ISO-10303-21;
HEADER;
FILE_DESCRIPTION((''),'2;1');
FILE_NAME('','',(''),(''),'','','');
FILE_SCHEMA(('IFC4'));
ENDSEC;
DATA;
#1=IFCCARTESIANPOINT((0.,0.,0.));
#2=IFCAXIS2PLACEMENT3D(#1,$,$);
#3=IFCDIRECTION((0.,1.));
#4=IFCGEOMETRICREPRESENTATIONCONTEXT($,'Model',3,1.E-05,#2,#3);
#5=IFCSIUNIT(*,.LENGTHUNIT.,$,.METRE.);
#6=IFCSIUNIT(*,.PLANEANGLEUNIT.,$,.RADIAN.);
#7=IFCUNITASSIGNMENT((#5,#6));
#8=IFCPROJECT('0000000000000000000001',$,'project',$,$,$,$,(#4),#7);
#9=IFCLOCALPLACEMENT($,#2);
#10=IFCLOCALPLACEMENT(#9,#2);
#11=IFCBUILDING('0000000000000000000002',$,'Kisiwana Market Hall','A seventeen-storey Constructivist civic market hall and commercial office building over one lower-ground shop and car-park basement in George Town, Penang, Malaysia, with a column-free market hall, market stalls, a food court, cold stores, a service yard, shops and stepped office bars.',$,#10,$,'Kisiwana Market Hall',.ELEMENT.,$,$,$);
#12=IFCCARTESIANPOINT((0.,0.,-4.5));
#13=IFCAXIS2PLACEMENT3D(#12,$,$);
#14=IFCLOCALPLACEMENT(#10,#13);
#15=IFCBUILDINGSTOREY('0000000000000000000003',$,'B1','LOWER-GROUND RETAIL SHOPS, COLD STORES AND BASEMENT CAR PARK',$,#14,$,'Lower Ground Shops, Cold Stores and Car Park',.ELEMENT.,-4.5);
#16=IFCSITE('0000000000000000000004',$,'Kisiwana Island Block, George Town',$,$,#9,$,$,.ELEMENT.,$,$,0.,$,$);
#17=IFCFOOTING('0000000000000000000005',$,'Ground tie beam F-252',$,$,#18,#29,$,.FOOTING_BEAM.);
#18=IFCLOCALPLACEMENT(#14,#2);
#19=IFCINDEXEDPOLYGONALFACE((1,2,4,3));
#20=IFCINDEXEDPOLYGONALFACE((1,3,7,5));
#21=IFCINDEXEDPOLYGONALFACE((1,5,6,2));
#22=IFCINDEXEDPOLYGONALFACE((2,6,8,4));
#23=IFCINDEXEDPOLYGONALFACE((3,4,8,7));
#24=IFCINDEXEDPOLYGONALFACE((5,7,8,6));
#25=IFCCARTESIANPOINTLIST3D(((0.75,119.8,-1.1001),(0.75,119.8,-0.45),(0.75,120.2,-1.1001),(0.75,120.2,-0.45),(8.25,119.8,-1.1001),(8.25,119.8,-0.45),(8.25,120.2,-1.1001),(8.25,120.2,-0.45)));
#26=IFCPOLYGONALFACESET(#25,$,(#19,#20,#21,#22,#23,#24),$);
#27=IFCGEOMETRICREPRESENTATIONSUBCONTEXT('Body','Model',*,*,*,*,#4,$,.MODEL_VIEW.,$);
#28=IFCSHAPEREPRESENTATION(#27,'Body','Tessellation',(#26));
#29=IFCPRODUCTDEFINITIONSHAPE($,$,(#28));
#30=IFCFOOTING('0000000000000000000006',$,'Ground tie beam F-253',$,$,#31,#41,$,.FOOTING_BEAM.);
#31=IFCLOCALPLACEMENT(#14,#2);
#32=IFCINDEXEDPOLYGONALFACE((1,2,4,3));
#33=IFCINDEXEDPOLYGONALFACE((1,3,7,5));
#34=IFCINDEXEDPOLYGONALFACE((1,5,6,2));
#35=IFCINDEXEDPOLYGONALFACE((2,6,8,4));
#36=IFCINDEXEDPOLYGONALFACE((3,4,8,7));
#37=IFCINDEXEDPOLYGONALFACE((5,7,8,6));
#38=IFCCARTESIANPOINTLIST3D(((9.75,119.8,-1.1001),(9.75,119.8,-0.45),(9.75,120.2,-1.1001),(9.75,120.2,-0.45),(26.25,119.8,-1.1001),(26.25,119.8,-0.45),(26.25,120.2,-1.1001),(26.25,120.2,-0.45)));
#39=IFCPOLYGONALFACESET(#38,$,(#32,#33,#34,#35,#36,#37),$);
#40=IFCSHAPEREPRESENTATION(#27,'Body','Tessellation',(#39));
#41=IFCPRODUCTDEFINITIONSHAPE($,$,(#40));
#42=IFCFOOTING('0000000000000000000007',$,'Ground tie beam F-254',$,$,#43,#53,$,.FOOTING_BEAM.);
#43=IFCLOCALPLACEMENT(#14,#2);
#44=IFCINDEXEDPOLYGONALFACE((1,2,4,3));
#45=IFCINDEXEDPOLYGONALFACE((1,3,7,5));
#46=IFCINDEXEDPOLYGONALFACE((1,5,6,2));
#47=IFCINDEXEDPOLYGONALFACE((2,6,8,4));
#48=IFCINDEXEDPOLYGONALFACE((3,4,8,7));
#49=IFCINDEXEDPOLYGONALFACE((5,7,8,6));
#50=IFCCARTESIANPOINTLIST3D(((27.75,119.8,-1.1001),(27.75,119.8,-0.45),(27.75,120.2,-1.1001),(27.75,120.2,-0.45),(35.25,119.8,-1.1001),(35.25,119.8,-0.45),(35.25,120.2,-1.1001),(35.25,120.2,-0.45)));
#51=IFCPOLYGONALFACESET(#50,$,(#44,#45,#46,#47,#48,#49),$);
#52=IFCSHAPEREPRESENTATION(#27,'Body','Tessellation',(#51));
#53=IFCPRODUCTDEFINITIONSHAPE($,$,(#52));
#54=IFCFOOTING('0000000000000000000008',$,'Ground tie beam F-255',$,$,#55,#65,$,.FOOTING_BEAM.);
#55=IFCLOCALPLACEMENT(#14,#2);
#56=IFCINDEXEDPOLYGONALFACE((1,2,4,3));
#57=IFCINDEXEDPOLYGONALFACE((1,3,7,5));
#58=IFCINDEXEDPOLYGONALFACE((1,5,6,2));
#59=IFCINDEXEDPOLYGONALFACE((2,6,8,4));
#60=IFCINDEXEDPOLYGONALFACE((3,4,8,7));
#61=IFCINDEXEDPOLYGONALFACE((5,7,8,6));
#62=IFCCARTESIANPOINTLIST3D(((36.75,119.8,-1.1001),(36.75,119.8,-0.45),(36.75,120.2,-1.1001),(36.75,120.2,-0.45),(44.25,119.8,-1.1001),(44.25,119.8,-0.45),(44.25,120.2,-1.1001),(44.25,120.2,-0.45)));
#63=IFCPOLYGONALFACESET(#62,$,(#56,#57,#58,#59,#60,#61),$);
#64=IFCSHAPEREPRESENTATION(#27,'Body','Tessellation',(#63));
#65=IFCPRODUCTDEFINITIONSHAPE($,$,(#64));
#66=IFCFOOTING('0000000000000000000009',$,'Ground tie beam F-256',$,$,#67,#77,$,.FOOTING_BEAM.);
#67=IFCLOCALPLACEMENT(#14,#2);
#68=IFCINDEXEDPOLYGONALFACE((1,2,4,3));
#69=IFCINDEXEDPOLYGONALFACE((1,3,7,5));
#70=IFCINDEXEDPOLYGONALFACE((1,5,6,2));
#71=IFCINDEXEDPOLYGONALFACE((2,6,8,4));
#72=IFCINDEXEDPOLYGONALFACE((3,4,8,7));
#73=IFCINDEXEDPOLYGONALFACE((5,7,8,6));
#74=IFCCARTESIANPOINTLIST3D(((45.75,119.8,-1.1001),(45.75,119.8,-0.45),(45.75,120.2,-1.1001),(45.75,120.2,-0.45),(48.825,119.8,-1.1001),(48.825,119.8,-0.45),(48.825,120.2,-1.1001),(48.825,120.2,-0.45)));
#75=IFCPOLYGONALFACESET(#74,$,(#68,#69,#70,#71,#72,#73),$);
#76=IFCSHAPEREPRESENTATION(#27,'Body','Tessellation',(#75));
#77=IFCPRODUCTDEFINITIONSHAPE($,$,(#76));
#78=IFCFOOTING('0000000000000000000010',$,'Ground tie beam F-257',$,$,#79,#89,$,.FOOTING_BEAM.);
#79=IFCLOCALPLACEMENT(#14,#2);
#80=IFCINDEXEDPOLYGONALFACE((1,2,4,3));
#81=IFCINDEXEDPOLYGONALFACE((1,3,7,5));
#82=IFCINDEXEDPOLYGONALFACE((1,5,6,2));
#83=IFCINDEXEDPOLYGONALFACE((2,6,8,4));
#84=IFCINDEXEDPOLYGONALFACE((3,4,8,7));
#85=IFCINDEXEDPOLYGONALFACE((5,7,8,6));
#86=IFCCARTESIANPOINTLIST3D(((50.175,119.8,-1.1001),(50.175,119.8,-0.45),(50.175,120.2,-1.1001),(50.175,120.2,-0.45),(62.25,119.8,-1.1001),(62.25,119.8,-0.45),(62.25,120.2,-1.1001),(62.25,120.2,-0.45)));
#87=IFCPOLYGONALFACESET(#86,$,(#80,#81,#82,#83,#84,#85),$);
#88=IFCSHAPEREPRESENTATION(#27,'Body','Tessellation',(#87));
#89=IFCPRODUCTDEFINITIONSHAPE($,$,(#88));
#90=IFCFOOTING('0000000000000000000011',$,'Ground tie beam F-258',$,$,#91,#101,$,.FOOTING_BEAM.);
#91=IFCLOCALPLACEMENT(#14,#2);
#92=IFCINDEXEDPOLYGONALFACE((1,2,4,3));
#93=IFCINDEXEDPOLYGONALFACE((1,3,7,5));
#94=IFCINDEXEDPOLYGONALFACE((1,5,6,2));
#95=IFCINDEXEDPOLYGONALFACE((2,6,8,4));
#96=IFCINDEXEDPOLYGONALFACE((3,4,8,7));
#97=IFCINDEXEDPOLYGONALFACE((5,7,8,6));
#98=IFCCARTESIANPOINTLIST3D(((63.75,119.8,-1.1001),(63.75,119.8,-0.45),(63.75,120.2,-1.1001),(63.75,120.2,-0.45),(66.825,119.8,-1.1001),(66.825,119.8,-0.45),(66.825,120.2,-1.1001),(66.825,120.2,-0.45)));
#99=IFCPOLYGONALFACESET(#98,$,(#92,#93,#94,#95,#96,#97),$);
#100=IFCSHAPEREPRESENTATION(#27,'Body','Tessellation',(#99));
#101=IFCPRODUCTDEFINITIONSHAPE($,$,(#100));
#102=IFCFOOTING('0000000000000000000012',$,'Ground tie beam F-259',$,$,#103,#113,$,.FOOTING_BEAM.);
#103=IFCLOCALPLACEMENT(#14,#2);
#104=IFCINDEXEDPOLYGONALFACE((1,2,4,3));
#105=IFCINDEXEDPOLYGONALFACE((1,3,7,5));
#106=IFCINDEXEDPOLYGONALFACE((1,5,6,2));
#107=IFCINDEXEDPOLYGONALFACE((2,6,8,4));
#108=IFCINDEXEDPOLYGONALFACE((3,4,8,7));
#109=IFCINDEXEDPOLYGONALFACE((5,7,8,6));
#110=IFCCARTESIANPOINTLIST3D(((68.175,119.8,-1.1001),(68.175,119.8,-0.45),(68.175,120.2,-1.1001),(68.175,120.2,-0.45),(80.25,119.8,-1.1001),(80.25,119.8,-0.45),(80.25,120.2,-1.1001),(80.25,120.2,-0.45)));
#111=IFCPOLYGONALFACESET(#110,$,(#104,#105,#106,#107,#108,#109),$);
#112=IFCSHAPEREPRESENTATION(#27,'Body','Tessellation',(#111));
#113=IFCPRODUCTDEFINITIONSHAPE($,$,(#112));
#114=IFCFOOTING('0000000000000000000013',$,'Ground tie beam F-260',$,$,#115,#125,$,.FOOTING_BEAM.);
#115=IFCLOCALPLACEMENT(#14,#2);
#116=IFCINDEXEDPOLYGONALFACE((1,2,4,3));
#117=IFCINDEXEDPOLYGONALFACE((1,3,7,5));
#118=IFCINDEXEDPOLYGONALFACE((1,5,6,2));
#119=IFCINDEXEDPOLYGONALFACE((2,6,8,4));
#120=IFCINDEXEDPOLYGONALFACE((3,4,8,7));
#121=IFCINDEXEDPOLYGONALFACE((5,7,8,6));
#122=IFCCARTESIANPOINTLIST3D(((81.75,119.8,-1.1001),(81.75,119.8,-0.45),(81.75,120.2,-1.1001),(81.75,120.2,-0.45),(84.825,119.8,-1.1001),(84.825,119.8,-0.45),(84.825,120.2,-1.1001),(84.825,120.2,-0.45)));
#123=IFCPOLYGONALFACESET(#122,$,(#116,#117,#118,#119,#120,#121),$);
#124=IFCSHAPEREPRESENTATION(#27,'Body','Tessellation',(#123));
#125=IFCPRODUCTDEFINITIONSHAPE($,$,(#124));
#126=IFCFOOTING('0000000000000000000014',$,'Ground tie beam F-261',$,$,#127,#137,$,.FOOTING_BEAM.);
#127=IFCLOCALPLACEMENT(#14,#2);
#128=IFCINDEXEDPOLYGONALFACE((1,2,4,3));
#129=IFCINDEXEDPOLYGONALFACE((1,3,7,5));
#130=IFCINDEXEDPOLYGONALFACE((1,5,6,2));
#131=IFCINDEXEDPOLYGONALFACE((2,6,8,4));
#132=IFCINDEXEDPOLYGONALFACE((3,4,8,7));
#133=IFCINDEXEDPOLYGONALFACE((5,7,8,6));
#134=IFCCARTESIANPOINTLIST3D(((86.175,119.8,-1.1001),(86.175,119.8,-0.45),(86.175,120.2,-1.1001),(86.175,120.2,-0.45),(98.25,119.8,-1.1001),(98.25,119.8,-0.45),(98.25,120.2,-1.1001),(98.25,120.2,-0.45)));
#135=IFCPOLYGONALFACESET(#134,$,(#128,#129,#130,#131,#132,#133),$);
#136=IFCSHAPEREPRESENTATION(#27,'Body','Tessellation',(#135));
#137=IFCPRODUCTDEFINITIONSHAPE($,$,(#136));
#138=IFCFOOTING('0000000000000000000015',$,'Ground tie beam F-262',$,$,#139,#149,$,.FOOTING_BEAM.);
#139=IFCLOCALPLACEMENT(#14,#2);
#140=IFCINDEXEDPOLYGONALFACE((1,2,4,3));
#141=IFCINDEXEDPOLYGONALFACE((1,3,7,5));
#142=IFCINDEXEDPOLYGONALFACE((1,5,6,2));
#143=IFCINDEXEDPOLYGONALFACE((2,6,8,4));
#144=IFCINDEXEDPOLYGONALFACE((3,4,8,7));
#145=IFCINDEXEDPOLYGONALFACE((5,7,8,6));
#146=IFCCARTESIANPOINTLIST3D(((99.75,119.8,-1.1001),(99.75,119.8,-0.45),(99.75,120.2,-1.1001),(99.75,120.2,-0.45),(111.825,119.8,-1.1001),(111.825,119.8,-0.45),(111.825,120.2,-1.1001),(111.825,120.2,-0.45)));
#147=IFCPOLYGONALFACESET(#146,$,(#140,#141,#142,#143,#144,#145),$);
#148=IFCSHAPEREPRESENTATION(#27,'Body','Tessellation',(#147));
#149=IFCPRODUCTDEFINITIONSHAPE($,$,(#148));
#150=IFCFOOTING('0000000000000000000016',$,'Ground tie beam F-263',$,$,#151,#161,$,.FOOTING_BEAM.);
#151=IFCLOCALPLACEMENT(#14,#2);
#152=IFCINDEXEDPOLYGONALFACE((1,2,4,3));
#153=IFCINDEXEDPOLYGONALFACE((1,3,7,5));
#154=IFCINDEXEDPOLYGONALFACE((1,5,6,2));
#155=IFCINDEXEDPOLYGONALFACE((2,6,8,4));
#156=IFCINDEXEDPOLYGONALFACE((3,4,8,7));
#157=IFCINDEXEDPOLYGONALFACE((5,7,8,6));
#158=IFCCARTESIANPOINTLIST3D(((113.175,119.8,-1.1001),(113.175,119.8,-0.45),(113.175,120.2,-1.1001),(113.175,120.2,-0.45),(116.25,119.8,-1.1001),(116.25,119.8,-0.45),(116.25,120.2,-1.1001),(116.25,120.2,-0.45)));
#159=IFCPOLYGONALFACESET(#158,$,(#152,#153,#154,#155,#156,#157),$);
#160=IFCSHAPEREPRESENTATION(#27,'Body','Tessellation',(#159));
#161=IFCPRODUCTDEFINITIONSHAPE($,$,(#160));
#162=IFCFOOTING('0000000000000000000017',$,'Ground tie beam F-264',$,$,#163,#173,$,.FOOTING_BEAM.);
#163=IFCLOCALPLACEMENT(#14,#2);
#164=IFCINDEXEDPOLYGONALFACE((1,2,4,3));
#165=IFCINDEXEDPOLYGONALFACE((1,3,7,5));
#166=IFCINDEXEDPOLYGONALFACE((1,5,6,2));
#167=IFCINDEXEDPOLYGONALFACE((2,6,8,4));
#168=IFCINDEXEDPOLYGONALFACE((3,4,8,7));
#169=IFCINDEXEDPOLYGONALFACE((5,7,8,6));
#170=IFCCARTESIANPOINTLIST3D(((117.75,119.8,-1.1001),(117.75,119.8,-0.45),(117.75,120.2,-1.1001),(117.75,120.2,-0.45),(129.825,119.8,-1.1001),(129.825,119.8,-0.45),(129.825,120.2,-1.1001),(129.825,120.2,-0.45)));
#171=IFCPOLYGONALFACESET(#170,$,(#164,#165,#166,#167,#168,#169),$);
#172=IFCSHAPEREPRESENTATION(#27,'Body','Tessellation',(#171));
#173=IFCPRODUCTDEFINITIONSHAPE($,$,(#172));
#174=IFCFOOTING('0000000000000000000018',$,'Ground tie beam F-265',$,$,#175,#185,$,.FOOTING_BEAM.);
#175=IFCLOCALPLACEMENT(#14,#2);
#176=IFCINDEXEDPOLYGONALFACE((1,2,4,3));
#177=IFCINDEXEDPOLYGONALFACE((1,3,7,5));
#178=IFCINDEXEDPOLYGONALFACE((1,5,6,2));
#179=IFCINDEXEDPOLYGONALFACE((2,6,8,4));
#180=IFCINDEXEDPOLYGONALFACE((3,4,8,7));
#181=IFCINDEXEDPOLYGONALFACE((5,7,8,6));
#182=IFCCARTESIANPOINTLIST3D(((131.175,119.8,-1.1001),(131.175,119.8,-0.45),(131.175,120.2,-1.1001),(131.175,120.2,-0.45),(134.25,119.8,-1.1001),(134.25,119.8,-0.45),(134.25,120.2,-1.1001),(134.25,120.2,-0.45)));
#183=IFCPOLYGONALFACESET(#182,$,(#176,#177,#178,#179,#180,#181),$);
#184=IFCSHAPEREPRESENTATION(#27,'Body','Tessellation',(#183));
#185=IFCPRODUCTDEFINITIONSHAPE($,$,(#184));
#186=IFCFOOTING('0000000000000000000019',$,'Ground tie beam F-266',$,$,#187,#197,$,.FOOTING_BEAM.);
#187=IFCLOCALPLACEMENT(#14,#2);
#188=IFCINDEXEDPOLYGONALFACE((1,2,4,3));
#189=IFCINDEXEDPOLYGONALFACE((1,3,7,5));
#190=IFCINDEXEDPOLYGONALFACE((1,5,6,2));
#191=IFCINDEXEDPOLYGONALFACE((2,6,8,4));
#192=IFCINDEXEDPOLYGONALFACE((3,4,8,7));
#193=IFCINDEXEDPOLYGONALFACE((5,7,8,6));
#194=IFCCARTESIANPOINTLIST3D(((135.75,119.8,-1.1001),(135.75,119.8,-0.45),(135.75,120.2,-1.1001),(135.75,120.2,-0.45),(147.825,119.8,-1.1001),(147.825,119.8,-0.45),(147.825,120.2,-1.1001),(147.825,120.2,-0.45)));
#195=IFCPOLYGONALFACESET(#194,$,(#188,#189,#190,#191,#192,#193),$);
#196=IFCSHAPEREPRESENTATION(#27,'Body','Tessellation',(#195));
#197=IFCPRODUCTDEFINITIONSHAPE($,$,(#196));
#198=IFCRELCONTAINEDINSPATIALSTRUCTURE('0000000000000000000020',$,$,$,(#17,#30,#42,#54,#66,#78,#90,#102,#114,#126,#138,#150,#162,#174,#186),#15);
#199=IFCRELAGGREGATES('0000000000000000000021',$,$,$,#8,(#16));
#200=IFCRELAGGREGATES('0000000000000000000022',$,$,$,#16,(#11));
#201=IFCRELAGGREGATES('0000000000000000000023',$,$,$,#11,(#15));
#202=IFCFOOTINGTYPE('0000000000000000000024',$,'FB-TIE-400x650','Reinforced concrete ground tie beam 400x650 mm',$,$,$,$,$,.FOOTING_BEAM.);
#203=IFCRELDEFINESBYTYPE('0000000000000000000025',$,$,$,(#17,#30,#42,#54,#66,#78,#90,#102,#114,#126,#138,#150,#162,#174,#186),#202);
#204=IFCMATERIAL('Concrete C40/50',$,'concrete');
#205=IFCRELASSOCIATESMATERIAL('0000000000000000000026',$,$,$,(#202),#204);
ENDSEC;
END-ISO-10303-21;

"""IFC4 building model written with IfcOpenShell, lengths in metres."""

from ifc_helpers import new_model, si_unit, direction, frame, origin, place, context, subcontext, project, spatial, polyline, outline, extrude, material, type_object, element, save


model = new_model("IFC4")

# Units and contexts
model_context = context("Model", 3, precision=1e-05, world=origin(), true_north=direction((0.0, 1.0)))
body_context = subcontext(model_context, "Body", "Model", "MODEL_VIEW")
ifc_project = project(units=[si_unit("LENGTHUNIT", "METRE"), si_unit("PLANEANGLEUNIT", "RADIAN")], contexts=[model_context])

# Site, building, storey
site_placement = place(None, origin())
site = spatial("IfcSite", under=ifc_project, at=site_placement, Name="Kisiwana Island Block, George Town", CompositionType="ELEMENT", RefElevation=0.0)
building_placement = place(site_placement, origin())
building = spatial("IfcBuilding", under=site, at=building_placement, Name="Kisiwana Market Hall", Description="A seventeen-storey Constructivist civic market hall and commercial office building over one lower-ground shop and car-park basement in George Town, Penang, Malaysia, with a column-free market hall, market stalls, a food court, cold stores, a service yard, shops and stepped office bars.", LongName="Kisiwana Market Hall", CompositionType="ELEMENT")
storey_placement = place(building_placement, frame((0.0, 0.0, -4.5)))
storey = spatial("IfcBuildingStorey", under=building, at=storey_placement, Name="B1", Description="LOWER-GROUND RETAIL SHOPS, COLD STORES AND BASEMENT CAR PARK", LongName="Lower Ground Shops, Cold Stores and Car Park", CompositionType="ELEMENT", Elevation=-4.5)

# Footings
ifc_material_1 = material(Name="Concrete C40/50", Category="concrete")
footing_type_1 = type_object("IfcFootingType", Name="FB-TIE-400x650", Description="Reinforced concrete ground tie beam 400x650 mm", PredefinedType="FOOTING_BEAM", material=ifc_material_1)
footing_1_placement = place(storey_placement, frame((0.0, 0.0, -1.1001)))
element("IfcFooting", 1, at=footing_1_placement, inside=storey, type_object=footing_type_1, Name="Ground tie beam F-252", PredefinedType="FOOTING_BEAM", context=body_context, shape_type="SweptSolid", body=[
    extrude(outline(polyline([(0.75, 119.8), (8.25, 119.8), (8.25, 120.2), (0.75, 120.2), (0.75, 119.8)])), origin(), (0.0, 0.0, 1.0), 0.6501),
])
footing_2_placement = place(storey_placement, frame((0.0, 0.0, -1.1001)))
element("IfcFooting", 2, at=footing_2_placement, inside=storey, type_object=footing_type_1, Name="Ground tie beam F-253", PredefinedType="FOOTING_BEAM", context=body_context, shape_type="SweptSolid", body=[
    extrude(outline(polyline([(9.75, 119.8), (26.25, 119.8), (26.25, 120.2), (9.75, 120.2), (9.75, 119.8)])), origin(), (0.0, 0.0, 1.0), 0.6501),
])
footing_3_placement = place(storey_placement, frame((0.0, 0.0, -1.1001)))
element("IfcFooting", 3, at=footing_3_placement, inside=storey, type_object=footing_type_1, Name="Ground tie beam F-254", PredefinedType="FOOTING_BEAM", context=body_context, shape_type="SweptSolid", body=[
    extrude(outline(polyline([(27.75, 119.8), (35.25, 119.8), (35.25, 120.2), (27.75, 120.2), (27.75, 119.8)])), origin(), (0.0, 0.0, 1.0), 0.6501),
])
footing_4_placement = place(storey_placement, frame((0.0, 0.0, -1.1001)))
element("IfcFooting", 4, at=footing_4_placement, inside=storey, type_object=footing_type_1, Name="Ground tie beam F-255", PredefinedType="FOOTING_BEAM", context=body_context, shape_type="SweptSolid", body=[
    extrude(outline(polyline([(36.75, 119.8), (44.25, 119.8), (44.25, 120.2), (36.75, 120.2), (36.75, 119.8)])), origin(), (0.0, 0.0, 1.0), 0.6501),
])
footing_5_placement = place(storey_placement, frame((0.0, 0.0, -1.1001)))
element("IfcFooting", 5, at=footing_5_placement, inside=storey, type_object=footing_type_1, Name="Ground tie beam F-256", PredefinedType="FOOTING_BEAM", context=body_context, shape_type="SweptSolid", body=[
    extrude(outline(polyline([(45.75, 119.8), (48.825, 119.8), (48.825, 120.2), (45.75, 120.2), (45.75, 119.8)])), origin(), (0.0, 0.0, 1.0), 0.6501),
])
footing_6_placement = place(storey_placement, frame((0.0, 0.0, -1.1001)))
element("IfcFooting", 6, at=footing_6_placement, inside=storey, type_object=footing_type_1, Name="Ground tie beam F-257", PredefinedType="FOOTING_BEAM", context=body_context, shape_type="SweptSolid", body=[
    extrude(outline(polyline([(50.175, 119.8), (62.25, 119.8), (62.25, 120.2), (50.175, 120.2), (50.175, 119.8)])), origin(), (0.0, 0.0, 1.0), 0.6501),
])
footing_7_placement = place(storey_placement, frame((0.0, 0.0, -1.1001)))
element("IfcFooting", 7, at=footing_7_placement, inside=storey, type_object=footing_type_1, Name="Ground tie beam F-258", PredefinedType="FOOTING_BEAM", context=body_context, shape_type="SweptSolid", body=[
    extrude(outline(polyline([(63.75, 119.8), (66.825, 119.8), (66.825, 120.2), (63.75, 120.2), (63.75, 119.8)])), origin(), (0.0, 0.0, 1.0), 0.6501),
])
footing_8_placement = place(storey_placement, frame((0.0, 0.0, -1.1001)))
element("IfcFooting", 8, at=footing_8_placement, inside=storey, type_object=footing_type_1, Name="Ground tie beam F-259", PredefinedType="FOOTING_BEAM", context=body_context, shape_type="SweptSolid", body=[
    extrude(outline(polyline([(68.175, 119.8), (80.25, 119.8), (80.25, 120.2), (68.175, 120.2), (68.175, 119.8)])), origin(), (0.0, 0.0, 1.0), 0.6501),
])
footing_9_placement = place(storey_placement, frame((0.0, 0.0, -1.1001)))
element("IfcFooting", 9, at=footing_9_placement, inside=storey, type_object=footing_type_1, Name="Ground tie beam F-260", PredefinedType="FOOTING_BEAM", context=body_context, shape_type="SweptSolid", body=[
    extrude(outline(polyline([(81.75, 119.8), (84.825, 119.8), (84.825, 120.2), (81.75, 120.2), (81.75, 119.8)])), origin(), (0.0, 0.0, 1.0), 0.6501),
])
footing_10_placement = place(storey_placement, frame((0.0, 0.0, -1.1001)))
element("IfcFooting", 10, at=footing_10_placement, inside=storey, type_object=footing_type_1, Name="Ground tie beam F-261", PredefinedType="FOOTING_BEAM", context=body_context, shape_type="SweptSolid", body=[
    extrude(outline(polyline([(86.175, 119.8), (98.25, 119.8), (98.25, 120.2), (86.175, 120.2), (86.175, 119.8)])), origin(), (0.0, 0.0, 1.0), 0.6501),
])
footing_11_placement = place(storey_placement, frame((0.0, 0.0, -1.1001)))
element("IfcFooting", 11, at=footing_11_placement, inside=storey, type_object=footing_type_1, Name="Ground tie beam F-262", PredefinedType="FOOTING_BEAM", context=body_context, shape_type="SweptSolid", body=[
    extrude(outline(polyline([(99.75, 119.8), (111.825, 119.8), (111.825, 120.2), (99.75, 120.2), (99.75, 119.8)])), origin(), (0.0, 0.0, 1.0), 0.6501),
])
footing_12_placement = place(storey_placement, frame((0.0, 0.0, -1.1001)))
element("IfcFooting", 12, at=footing_12_placement, inside=storey, type_object=footing_type_1, Name="Ground tie beam F-263", PredefinedType="FOOTING_BEAM", context=body_context, shape_type="SweptSolid", body=[
    extrude(outline(polyline([(113.175, 119.8), (116.25, 119.8), (116.25, 120.2), (113.175, 120.2), (113.175, 119.8)])), origin(), (0.0, 0.0, 1.0), 0.6501),
])
footing_13_placement = place(storey_placement, frame((0.0, 0.0, -1.1001)))
element("IfcFooting", 13, at=footing_13_placement, inside=storey, type_object=footing_type_1, Name="Ground tie beam F-264", PredefinedType="FOOTING_BEAM", context=body_context, shape_type="SweptSolid", body=[
    extrude(outline(polyline([(117.75, 119.8), (129.825, 119.8), (129.825, 120.2), (117.75, 120.2), (117.75, 119.8)])), origin(), (0.0, 0.0, 1.0), 0.6501),
])
footing_14_placement = place(storey_placement, frame((0.0, 0.0, -1.1001)))
element("IfcFooting", 14, at=footing_14_placement, inside=storey, type_object=footing_type_1, Name="Ground tie beam F-265", PredefinedType="FOOTING_BEAM", context=body_context, shape_type="SweptSolid", body=[
    extrude(outline(polyline([(131.175, 119.8), (134.25, 119.8), (134.25, 120.2), (131.175, 120.2), (131.175, 119.8)])), origin(), (0.0, 0.0, 1.0), 0.6501),
])
footing_15_placement = place(storey_placement, frame((0.0, 0.0, -1.1001)))
element("IfcFooting", 15, at=footing_15_placement, inside=storey, type_object=footing_type_1, Name="Ground tie beam F-266", PredefinedType="FOOTING_BEAM", context=body_context, shape_type="SweptSolid", body=[
    extrude(outline(polyline([(135.75, 119.8), (147.825, 119.8), (147.825, 120.2), (135.75, 120.2), (135.75, 119.8)])), origin(), (0.0, 0.0, 1.0), 0.6501),
])

save(model, "model.ifc")
